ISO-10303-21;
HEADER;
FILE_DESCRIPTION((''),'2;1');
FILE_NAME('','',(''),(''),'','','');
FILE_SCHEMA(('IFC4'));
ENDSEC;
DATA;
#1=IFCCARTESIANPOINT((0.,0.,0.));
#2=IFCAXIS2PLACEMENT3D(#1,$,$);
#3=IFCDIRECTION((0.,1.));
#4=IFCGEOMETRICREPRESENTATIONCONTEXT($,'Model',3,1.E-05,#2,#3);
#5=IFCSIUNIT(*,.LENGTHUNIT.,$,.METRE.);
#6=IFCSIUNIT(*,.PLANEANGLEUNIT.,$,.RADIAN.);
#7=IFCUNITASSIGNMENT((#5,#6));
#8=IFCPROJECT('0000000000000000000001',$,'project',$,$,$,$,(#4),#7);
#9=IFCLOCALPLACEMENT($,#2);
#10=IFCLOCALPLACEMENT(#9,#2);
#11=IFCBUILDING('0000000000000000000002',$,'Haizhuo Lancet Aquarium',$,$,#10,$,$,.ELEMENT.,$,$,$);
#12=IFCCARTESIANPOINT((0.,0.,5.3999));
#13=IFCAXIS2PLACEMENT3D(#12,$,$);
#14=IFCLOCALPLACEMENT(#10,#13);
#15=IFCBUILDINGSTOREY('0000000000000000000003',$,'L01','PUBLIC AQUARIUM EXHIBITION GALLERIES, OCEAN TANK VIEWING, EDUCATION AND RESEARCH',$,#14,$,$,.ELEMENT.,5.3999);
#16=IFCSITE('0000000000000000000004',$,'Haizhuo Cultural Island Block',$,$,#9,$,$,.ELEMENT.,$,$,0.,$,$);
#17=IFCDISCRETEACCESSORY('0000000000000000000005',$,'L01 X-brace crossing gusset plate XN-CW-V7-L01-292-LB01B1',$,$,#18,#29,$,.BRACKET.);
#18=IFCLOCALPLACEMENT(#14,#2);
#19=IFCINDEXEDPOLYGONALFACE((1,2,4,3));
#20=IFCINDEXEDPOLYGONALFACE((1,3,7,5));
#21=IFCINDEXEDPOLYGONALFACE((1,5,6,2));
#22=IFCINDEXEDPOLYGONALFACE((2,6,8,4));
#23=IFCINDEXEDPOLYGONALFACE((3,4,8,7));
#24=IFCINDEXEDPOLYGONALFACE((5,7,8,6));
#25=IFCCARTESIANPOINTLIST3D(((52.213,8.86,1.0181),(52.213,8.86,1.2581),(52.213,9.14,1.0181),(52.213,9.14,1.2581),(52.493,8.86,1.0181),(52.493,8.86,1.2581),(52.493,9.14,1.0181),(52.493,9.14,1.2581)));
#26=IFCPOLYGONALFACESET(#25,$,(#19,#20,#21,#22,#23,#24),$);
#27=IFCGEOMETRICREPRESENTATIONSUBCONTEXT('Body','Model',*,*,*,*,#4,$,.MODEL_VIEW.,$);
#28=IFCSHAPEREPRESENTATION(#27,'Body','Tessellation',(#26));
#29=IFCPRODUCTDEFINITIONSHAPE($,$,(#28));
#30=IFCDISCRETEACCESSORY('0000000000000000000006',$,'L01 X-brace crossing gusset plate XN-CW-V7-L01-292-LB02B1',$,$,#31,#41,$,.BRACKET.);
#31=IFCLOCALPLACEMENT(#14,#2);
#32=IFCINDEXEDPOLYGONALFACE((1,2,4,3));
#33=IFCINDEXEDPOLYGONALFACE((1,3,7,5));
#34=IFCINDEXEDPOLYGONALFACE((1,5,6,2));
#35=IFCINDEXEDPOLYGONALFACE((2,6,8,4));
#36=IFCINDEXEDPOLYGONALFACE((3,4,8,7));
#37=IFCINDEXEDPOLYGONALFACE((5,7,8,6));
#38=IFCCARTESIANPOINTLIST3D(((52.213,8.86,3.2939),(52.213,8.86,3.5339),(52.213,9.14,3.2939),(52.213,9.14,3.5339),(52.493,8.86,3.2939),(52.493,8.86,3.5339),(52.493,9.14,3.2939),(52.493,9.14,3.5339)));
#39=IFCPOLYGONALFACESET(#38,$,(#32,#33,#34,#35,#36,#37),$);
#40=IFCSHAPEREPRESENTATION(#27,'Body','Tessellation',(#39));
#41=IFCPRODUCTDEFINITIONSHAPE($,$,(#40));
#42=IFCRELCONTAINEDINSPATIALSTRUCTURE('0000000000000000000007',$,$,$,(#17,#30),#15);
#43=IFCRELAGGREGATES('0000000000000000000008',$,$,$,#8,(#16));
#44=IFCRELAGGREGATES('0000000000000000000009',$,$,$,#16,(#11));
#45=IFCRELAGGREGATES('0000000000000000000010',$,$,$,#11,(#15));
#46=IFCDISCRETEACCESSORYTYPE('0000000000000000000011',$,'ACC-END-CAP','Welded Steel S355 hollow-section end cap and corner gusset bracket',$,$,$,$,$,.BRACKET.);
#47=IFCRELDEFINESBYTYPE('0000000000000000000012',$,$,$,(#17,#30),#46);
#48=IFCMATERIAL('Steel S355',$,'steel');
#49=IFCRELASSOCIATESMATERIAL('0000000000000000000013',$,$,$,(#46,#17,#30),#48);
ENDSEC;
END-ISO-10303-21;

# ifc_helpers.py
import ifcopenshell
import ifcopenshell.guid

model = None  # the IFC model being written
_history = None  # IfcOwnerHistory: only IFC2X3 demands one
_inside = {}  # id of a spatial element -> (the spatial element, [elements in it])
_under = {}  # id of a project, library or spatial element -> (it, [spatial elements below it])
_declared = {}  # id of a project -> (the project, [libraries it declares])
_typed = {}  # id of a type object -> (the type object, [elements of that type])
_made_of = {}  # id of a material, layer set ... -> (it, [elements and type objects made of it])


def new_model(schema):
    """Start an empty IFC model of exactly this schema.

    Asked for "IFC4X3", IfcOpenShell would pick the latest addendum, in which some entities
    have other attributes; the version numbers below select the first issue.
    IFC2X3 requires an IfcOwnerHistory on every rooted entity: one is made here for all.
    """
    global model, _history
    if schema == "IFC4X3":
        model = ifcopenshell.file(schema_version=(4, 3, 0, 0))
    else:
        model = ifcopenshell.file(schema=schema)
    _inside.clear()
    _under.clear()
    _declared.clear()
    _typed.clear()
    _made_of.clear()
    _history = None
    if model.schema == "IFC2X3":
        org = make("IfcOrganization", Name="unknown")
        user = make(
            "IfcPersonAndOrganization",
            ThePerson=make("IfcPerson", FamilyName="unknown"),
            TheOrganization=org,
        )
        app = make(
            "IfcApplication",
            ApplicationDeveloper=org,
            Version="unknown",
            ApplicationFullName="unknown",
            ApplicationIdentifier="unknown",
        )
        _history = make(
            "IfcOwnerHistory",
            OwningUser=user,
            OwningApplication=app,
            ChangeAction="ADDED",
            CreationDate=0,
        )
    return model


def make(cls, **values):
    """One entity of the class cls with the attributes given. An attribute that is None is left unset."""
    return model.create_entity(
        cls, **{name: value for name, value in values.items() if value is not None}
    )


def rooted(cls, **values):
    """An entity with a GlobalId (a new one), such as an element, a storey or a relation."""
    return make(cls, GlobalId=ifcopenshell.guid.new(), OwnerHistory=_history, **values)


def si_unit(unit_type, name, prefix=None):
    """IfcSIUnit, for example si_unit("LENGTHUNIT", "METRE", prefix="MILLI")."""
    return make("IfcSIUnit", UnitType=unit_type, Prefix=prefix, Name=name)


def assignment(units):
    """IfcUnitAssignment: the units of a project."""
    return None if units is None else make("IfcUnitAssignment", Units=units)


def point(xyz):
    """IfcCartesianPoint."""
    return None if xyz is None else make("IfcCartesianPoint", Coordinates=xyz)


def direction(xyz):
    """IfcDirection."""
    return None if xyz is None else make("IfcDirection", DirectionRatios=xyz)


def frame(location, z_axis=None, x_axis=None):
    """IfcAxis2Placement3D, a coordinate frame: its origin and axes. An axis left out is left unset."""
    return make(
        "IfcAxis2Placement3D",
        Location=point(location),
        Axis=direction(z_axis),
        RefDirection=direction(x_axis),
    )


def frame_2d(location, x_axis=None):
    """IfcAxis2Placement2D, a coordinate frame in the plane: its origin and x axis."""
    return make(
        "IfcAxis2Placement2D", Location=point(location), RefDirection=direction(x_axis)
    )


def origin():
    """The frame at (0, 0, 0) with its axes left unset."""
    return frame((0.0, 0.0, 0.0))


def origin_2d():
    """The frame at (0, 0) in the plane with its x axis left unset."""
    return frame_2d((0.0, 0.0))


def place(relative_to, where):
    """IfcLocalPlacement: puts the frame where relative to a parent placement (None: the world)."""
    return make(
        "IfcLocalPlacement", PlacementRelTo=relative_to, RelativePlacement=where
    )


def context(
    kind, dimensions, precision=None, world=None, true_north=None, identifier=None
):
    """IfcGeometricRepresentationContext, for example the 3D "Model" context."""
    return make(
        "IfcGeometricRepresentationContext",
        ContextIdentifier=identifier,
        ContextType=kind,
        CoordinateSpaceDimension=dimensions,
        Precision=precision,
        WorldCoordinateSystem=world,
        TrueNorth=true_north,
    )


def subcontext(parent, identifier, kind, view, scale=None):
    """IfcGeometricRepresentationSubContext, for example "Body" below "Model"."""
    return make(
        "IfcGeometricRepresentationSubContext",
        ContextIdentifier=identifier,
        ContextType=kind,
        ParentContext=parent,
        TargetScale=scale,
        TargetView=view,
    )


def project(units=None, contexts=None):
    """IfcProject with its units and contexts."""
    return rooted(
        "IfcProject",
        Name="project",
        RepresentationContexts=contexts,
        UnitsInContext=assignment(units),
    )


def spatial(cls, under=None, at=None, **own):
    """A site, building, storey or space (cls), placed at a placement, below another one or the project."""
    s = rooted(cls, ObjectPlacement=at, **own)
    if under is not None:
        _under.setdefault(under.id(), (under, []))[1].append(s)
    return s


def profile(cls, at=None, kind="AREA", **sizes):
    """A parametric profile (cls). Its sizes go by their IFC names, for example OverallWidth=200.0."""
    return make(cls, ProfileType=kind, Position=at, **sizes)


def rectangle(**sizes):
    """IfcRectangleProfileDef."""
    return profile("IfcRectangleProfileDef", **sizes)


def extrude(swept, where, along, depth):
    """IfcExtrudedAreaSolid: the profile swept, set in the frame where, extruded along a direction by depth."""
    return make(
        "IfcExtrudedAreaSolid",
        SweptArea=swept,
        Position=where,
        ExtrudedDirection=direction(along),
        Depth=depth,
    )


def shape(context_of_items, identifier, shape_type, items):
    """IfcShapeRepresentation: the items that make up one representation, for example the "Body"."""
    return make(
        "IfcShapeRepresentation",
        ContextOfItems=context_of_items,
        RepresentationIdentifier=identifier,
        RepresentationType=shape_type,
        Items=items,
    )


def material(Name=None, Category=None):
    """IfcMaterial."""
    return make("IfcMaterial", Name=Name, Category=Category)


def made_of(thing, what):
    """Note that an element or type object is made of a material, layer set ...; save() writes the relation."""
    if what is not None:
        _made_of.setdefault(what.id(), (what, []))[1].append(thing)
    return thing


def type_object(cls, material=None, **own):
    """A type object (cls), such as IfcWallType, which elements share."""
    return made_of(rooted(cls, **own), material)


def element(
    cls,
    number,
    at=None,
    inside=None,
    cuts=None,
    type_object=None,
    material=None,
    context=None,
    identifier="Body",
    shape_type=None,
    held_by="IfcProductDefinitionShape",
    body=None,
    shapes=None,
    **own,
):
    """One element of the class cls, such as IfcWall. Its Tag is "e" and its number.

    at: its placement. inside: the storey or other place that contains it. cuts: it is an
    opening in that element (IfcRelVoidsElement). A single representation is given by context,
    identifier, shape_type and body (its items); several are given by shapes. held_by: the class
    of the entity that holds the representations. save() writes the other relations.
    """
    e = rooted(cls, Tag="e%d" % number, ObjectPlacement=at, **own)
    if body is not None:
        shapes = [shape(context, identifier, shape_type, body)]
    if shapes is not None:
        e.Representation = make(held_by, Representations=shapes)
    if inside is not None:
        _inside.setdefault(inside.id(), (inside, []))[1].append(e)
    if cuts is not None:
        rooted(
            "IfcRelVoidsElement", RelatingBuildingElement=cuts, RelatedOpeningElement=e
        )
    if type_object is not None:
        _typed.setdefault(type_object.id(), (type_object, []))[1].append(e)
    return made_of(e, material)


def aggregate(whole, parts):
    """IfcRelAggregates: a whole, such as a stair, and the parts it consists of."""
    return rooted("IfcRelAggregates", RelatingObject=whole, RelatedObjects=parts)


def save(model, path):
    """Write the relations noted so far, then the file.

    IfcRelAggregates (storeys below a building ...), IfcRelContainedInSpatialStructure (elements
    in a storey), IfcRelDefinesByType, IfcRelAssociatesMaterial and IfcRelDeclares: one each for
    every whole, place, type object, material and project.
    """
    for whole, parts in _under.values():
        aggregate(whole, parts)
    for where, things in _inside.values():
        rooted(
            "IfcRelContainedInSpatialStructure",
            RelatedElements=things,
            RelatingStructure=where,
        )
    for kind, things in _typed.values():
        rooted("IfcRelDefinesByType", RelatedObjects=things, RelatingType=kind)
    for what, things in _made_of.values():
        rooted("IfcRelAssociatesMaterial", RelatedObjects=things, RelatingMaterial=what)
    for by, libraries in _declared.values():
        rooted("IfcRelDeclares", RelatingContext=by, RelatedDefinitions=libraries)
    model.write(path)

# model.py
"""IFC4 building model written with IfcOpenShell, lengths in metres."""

from ifc_helpers import new_model, si_unit, direction, frame, origin, origin_2d, place, context, subcontext, project, spatial, rectangle, extrude, material, type_object, element, save


model = new_model("IFC4")

# Units and contexts
model_context = context("Model", 3, precision=1e-05, world=origin(), true_north=direction((0.0, 1.0)))
body_context = subcontext(model_context, "Body", "Model", "MODEL_VIEW")
ifc_project = project(units=[si_unit("LENGTHUNIT", "METRE"), si_unit("PLANEANGLEUNIT", "RADIAN")], contexts=[model_context])

# Site, building, storey
site_placement = place(None, origin())
site = spatial("IfcSite", under=ifc_project, at=site_placement, Name="Haizhuo Cultural Island Block", CompositionType="ELEMENT", RefElevation=0.0)
building_placement = place(site_placement, origin())
building = spatial("IfcBuilding", under=site, at=building_placement, Name="Haizhuo Lancet Aquarium", CompositionType="ELEMENT")
storey_placement = place(building_placement, frame((0.0, 0.0, 5.3999)))
storey = spatial("IfcBuildingStorey", under=building, at=storey_placement, Name="L01", Description="PUBLIC AQUARIUM EXHIBITION GALLERIES, OCEAN TANK VIEWING, EDUCATION AND RESEARCH", CompositionType="ELEMENT", Elevation=5.3999)

# Shared definitions
ifc_material_1 = material(Name="Steel S355", Category="steel")

# Discrete accessories
discrete_accessory_type = type_object("IfcDiscreteAccessoryType", Name="ACC-END-CAP", Description="Welded Steel S355 hollow-section end cap and corner gusset bracket", PredefinedType="BRACKET", material=ifc_material_1)
for number, where, z_axis, x_axis, name in (
    (1, (52.353, 9.0, 1.0181), (0.0, 0.0, 1.0), (1.0, 0.0, 0.0), "L01 X-brace crossing gusset plate XN-CW-V7-L01-292-LB01B1"),
    (2, (52.353, 9.0, 3.2939), (0.0, 0.0, 1.0), (1.0, 0.0, 0.0), "L01 X-brace crossing gusset plate XN-CW-V7-L01-292-LB02B1"),
):
    element("IfcDiscreteAccessory", number, at=place(storey_placement, frame(where, z_axis=z_axis, x_axis=x_axis)), inside=storey, type_object=discrete_accessory_type, material=ifc_material_1, Name=name, PredefinedType="BRACKET", context=body_context, shape_type="SweptSolid", body=[
        extrude(rectangle(XDim=0.28, YDim=0.28, at=origin_2d()), origin(), (0.0, 0.0, 1.0), 0.24),
    ])

save(model, "model.ifc")
